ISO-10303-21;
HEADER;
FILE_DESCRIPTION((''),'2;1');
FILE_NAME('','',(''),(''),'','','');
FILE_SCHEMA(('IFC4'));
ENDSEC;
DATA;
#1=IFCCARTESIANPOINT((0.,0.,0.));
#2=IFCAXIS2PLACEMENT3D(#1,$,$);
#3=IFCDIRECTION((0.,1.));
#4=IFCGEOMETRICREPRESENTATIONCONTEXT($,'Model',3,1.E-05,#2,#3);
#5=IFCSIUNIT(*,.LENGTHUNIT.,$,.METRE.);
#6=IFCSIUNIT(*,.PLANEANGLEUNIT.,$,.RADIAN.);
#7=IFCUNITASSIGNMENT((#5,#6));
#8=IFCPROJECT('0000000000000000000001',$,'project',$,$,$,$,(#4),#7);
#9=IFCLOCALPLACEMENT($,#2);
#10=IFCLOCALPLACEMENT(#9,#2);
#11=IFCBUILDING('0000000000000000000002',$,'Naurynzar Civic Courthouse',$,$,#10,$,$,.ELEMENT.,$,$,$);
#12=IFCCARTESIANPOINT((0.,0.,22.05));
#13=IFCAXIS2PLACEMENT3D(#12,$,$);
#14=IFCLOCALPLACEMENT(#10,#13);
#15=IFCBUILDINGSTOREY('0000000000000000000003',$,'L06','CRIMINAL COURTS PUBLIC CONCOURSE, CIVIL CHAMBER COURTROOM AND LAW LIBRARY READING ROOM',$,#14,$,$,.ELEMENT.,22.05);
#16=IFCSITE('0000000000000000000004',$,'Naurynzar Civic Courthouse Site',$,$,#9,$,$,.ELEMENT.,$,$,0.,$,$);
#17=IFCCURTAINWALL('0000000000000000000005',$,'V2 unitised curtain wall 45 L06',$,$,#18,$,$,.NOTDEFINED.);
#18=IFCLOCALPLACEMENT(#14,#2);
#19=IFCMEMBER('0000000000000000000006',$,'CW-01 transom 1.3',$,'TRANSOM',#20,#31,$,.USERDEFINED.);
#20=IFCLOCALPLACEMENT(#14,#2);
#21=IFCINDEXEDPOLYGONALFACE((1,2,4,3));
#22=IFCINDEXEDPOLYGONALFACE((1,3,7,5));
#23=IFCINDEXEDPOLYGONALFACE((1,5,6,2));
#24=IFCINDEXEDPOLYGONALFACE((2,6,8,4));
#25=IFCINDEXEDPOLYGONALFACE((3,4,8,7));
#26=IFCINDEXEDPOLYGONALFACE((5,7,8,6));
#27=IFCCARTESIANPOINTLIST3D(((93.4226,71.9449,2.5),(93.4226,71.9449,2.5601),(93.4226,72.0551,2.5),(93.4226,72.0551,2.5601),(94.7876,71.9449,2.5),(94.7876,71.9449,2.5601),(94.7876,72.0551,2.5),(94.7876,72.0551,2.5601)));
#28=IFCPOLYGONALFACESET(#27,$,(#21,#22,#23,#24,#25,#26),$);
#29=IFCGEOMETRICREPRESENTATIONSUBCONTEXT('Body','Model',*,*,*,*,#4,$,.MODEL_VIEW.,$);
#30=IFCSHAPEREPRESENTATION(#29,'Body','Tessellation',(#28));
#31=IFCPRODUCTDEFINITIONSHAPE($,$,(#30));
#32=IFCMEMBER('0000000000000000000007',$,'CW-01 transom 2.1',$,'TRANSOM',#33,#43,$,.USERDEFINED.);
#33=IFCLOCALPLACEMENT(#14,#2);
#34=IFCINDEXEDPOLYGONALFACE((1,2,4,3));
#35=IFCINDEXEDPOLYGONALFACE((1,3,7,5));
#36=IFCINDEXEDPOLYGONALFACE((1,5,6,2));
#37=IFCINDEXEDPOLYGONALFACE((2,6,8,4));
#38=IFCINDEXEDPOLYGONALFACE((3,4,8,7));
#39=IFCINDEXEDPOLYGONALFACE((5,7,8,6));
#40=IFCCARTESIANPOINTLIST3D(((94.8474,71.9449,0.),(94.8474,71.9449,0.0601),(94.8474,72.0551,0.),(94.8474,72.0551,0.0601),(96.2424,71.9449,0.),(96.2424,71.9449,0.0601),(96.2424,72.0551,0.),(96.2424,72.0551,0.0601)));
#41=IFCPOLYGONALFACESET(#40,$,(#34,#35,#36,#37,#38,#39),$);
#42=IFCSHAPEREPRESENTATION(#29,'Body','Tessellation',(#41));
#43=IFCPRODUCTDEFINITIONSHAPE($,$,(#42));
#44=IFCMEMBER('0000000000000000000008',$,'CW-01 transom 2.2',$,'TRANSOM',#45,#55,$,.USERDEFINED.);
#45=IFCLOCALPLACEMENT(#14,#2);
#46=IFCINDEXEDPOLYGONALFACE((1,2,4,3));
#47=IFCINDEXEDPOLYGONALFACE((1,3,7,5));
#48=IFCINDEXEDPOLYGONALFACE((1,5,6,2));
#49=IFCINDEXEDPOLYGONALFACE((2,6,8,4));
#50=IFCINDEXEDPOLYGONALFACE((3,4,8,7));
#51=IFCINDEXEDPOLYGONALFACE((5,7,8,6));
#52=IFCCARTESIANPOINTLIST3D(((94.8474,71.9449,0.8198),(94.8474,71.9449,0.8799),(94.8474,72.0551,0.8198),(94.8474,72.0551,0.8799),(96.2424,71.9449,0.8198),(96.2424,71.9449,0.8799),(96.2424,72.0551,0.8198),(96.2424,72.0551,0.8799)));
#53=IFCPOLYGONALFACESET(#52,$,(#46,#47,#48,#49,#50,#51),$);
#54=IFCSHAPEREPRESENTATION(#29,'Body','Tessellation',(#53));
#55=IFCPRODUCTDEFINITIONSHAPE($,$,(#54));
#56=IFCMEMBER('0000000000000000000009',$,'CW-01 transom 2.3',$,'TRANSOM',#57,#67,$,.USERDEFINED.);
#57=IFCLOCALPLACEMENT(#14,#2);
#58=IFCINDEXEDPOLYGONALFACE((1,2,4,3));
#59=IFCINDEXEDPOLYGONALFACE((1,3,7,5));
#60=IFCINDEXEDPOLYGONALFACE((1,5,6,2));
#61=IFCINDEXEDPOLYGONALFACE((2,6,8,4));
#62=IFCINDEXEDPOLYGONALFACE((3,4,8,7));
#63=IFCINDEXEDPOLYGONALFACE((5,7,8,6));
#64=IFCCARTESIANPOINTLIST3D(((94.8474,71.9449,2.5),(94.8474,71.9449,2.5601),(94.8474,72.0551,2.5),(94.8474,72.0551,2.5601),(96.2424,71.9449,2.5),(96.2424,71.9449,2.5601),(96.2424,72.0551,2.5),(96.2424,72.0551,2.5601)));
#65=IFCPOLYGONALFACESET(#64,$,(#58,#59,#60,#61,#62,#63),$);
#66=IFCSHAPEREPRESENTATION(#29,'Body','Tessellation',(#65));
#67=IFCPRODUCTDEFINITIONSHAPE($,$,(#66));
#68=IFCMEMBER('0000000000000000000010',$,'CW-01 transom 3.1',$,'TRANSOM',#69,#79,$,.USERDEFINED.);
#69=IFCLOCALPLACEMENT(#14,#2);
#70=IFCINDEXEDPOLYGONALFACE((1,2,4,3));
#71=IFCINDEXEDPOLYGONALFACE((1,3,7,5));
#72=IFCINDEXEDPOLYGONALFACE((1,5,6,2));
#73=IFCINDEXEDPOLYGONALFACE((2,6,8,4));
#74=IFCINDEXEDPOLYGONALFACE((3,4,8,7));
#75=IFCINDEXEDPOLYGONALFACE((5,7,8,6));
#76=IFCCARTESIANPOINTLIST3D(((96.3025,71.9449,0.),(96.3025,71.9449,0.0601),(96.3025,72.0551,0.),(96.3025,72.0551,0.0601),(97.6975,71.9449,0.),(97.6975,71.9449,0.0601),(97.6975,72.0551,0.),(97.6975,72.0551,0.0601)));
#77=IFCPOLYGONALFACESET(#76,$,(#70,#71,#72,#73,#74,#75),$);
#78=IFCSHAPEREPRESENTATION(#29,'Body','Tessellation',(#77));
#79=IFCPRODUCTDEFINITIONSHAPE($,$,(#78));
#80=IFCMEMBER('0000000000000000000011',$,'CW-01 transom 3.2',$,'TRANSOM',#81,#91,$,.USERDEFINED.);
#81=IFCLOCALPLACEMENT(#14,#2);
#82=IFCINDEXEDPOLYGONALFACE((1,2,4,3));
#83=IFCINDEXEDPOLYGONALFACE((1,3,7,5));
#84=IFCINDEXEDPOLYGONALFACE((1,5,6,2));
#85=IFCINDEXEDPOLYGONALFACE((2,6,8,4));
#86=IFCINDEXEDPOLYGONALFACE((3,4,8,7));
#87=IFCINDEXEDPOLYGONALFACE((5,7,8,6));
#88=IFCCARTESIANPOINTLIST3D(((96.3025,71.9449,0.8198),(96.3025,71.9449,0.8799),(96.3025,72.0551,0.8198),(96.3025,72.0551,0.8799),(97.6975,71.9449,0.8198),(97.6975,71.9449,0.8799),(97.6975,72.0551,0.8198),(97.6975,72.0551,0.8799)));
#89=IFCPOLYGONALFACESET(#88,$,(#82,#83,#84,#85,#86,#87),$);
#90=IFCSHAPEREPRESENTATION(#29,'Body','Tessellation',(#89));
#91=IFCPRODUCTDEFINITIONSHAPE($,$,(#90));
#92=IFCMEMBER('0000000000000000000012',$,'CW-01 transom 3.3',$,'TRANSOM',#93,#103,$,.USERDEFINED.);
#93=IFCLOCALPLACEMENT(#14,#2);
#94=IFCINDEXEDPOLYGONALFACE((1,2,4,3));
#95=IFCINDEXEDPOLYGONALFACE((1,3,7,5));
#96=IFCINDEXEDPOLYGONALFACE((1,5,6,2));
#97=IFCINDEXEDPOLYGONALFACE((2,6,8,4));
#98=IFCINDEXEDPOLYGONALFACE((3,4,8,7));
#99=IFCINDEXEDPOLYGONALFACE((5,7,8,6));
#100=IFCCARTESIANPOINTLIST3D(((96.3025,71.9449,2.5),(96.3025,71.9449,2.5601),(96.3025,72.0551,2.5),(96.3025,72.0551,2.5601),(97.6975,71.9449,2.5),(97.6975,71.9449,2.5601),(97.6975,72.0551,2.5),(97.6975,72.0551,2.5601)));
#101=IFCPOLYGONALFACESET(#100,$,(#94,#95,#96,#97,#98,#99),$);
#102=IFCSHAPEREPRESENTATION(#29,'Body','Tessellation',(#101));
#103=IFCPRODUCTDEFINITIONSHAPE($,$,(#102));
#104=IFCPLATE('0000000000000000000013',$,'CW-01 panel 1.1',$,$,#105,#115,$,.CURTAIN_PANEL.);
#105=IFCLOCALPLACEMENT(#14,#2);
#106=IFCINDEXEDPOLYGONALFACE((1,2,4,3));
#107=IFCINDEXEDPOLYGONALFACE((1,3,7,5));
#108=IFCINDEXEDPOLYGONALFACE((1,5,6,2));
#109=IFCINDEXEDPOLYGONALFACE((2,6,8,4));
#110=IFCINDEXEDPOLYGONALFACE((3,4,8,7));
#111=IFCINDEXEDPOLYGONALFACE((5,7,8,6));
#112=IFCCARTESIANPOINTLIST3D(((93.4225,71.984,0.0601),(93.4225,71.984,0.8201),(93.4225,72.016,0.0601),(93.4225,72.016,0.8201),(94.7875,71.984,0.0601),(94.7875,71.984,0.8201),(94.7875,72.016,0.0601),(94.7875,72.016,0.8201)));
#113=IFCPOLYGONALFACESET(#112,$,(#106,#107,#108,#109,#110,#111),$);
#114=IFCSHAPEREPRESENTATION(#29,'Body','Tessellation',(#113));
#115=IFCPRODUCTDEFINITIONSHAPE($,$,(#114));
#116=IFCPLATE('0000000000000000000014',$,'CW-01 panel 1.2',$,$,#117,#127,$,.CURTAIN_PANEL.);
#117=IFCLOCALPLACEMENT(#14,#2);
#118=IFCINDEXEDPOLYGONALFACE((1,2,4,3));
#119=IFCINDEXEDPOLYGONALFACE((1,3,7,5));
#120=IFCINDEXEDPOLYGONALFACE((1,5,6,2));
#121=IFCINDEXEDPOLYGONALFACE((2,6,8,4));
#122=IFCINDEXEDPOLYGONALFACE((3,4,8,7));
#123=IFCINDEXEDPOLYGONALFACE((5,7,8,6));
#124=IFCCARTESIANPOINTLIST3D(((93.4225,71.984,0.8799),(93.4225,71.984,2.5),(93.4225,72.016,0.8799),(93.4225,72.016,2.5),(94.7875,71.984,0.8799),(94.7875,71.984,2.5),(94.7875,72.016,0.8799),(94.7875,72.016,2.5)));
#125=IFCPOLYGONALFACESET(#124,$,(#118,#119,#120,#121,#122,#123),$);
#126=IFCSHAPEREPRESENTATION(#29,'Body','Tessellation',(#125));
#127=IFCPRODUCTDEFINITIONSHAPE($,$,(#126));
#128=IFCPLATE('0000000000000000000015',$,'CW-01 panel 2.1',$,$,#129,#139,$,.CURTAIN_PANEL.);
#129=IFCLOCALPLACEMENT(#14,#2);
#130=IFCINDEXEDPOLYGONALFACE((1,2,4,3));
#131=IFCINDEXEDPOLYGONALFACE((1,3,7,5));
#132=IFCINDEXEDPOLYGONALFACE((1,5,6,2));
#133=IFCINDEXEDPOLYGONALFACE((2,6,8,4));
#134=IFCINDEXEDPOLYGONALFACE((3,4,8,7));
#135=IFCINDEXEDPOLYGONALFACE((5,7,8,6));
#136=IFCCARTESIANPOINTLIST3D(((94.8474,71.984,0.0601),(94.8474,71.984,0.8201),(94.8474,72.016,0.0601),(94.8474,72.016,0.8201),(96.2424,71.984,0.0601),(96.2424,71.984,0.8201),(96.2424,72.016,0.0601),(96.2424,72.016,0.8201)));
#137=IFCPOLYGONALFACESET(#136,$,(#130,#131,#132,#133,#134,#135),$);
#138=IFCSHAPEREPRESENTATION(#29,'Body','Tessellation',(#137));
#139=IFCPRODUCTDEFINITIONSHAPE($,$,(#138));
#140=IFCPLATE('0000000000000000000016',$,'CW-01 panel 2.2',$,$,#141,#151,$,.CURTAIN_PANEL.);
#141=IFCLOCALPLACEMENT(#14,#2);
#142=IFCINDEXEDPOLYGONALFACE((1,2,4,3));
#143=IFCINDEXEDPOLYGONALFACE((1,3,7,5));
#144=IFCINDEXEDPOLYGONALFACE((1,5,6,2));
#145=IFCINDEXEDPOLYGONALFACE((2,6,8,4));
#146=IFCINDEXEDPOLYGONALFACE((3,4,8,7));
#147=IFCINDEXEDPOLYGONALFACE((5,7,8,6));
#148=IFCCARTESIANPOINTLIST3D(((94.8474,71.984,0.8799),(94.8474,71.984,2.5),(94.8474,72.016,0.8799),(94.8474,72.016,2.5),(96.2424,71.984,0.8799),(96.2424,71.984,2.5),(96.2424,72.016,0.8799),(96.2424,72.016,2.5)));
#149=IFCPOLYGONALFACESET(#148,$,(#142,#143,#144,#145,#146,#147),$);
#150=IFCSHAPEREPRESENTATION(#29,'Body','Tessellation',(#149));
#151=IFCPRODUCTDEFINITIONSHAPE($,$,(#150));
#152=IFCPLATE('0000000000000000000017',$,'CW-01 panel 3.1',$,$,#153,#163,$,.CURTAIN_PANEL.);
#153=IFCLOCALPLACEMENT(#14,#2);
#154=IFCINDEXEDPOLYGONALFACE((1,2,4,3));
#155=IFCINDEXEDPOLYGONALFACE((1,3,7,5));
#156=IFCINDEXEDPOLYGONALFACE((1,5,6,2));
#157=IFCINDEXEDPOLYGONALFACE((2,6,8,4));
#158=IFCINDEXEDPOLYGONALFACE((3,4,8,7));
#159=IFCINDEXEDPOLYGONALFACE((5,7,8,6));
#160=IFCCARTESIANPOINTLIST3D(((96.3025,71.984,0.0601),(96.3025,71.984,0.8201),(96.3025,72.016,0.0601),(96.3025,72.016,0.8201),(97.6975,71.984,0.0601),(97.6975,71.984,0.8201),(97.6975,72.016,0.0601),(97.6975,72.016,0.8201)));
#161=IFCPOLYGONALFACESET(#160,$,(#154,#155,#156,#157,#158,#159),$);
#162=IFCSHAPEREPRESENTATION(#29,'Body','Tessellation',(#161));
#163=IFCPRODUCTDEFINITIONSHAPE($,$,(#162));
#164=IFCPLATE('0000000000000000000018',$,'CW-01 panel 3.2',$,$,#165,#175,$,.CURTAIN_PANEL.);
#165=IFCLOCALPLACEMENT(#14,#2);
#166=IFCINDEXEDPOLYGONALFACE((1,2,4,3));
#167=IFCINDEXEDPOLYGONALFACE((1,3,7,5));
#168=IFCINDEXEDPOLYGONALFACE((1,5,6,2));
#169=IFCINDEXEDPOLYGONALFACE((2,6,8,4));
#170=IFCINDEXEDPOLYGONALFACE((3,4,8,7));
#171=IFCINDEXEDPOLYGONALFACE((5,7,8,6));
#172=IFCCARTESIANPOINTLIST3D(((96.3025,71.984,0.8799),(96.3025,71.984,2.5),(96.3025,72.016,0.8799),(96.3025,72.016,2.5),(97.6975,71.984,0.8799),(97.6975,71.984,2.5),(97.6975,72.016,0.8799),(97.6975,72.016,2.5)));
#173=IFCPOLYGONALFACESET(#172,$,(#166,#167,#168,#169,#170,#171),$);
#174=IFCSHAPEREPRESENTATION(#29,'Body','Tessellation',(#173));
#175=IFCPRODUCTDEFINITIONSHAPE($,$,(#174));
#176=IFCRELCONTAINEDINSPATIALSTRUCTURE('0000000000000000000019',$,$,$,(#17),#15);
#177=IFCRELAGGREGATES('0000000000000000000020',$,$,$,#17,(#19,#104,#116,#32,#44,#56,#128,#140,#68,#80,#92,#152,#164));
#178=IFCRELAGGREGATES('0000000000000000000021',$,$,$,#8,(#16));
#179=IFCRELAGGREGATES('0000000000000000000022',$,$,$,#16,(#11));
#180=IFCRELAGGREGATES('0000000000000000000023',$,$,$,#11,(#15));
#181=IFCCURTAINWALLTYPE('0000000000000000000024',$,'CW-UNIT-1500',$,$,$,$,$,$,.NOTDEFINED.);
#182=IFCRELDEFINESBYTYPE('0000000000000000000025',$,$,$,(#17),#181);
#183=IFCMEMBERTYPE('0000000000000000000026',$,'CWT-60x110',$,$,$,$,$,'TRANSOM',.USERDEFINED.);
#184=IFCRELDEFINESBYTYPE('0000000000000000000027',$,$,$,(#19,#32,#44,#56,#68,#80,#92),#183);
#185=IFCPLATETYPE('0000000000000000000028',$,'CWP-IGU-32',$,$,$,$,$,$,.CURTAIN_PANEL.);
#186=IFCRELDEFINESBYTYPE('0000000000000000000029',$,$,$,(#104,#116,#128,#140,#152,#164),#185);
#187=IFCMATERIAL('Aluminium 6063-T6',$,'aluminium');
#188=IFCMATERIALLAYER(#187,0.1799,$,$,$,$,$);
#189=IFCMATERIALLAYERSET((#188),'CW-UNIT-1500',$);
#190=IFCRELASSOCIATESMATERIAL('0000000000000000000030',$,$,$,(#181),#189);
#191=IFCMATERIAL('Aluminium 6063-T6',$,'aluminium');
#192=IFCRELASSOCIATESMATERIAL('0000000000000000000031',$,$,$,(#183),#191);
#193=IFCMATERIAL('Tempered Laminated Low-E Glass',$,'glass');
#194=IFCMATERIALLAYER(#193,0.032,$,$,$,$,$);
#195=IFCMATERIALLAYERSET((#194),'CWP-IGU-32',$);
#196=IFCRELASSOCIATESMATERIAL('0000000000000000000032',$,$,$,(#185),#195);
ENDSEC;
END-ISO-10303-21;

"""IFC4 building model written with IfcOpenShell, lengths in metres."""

from ifc_helpers import new_model, si_unit, direction, frame, origin, origin_2d, place, context, subcontext, project, spatial, rectangle, extrude, material, layer, layer_set, material_profile, profile_set, type_object, element, aggregate, save


model = new_model("IFC4")

# Units and contexts
model_context = context("Model", 3, precision=1e-05, world=origin(), true_north=direction((0.0, 1.0)))
body_context = subcontext(model_context, "Body", "Model", "MODEL_VIEW")
ifc_project = project(units=[si_unit("LENGTHUNIT", "METRE"), si_unit("PLANEANGLEUNIT", "RADIAN")], contexts=[model_context])

# Site, building, storey
site_placement = place(None, origin())
site = spatial("IfcSite", under=ifc_project, at=site_placement, Name="Naurynzar Civic Courthouse Site", CompositionType="ELEMENT", RefElevation=0.0)
building_placement = place(site_placement, origin())
building = spatial("IfcBuilding", under=site, at=building_placement, Name="Naurynzar Civic Courthouse", CompositionType="ELEMENT")
storey_placement = place(building_placement, frame((0.0, 0.0, 22.05)))
storey = spatial("IfcBuildingStorey", under=building, at=storey_placement, Name="L06", Description="CRIMINAL COURTS PUBLIC CONCOURSE, CIVIL CHAMBER COURTROOM AND LAW LIBRARY READING ROOM", CompositionType="ELEMENT", Elevation=22.05)

# Curtain wall, members, plates
ifc_material_1 = material(Name="Aluminium 6063-T6", Category="aluminium")
ifc_layer_1 = layer(ifc_material_1, 0.1799)
ifc_layer_set_1 = layer_set([ifc_layer_1], Name="CW-UNIT-1500")
curtain_wall_type = type_object("IfcCurtainWallType", Name="CW-UNIT-1500", PredefinedType="NOTDEFINED", material=ifc_layer_set_1)
curtain_wall_placement = place(storey_placement, origin())
curtain_wall = element("IfcCurtainWall", 1, at=curtain_wall_placement, inside=storey, type_object=curtain_wall_type, Name="V2 unitised curtain wall 45 L06", PredefinedType="NOTDEFINED")
ifc_material_2 = material(Name="Aluminium 6063-T6", Category="aluminium")
ifc_material_profile_1 = material_profile(ifc_material_2, rectangle(XDim=0.1101, YDim=0.0601, at=origin_2d()), Name="ALU TRANSOM 60x110")
ifc_profile_set_1 = profile_set([ifc_material_profile_1], Name="Aluminium 6063-T6")
member_type_1 = type_object("IfcMemberType", Name="CWT-60x110", ElementType="TRANSOM", PredefinedType="USERDEFINED", material=ifc_profile_set_1)
member_1_placement = place(storey_placement, frame((93.4226, 72.0, 2.53), z_axis=(1.0, 0.0, 0.0), x_axis=(0.0, 1.0, 0.0)))
member_1 = element("IfcMember", 2, at=member_1_placement, type_object=member_type_1, Name="CW-01 transom 1.3", ObjectType="TRANSOM", PredefinedType="USERDEFINED", context=body_context, shape_type="SweptSolid", body=[
    extrude(rectangle(XDim=0.1101, YDim=0.0601, at=origin_2d()), origin(), (0.0, 0.0, 1.0), 1.365),
])
member_2_placement = place(storey_placement, frame((94.8474, 72.0, 0.03), z_axis=(1.0, 0.0, 0.0), x_axis=(0.0, 1.0, 0.0)))
member_2 = element("IfcMember", 3, at=member_2_placement, type_object=member_type_1, Name="CW-01 transom 2.1", ObjectType="TRANSOM", PredefinedType="USERDEFINED", context=body_context, shape_type="SweptSolid", body=[
    extrude(rectangle(XDim=0.1101, YDim=0.0601, at=origin_2d()), origin(), (0.0, 0.0, 1.0), 1.395),
])
member_3_placement = place(storey_placement, frame((94.8474, 72.0, 0.8499), z_axis=(1.0, 0.0, 0.0), x_axis=(0.0, 1.0, 0.0)))
member_3 = element("IfcMember", 4, at=member_3_placement, type_object=member_type_1, Name="CW-01 transom 2.2", ObjectType="TRANSOM", PredefinedType="USERDEFINED", context=body_context, shape_type="SweptSolid", body=[
    extrude(rectangle(XDim=0.1101, YDim=0.0601, at=origin_2d()), origin(), (0.0, 0.0, 1.0), 1.395),
])
member_4_placement = place(storey_placement, frame((94.8474, 72.0, 2.53), z_axis=(1.0, 0.0, 0.0), x_axis=(0.0, 1.0, 0.0)))
member_4 = element("IfcMember", 5, at=member_4_placement, type_object=member_type_1, Name="CW-01 transom 2.3", ObjectType="TRANSOM", PredefinedType="USERDEFINED", context=body_context, shape_type="SweptSolid", body=[
    extrude(rectangle(XDim=0.1101, YDim=0.0601, at=origin_2d()), origin(), (0.0, 0.0, 1.0), 1.395),
])
member_5_placement = place(storey_placement, frame((96.3025, 72.0, 0.03), z_axis=(1.0, 0.0, 0.0), x_axis=(0.0, 1.0, 0.0)))
member_5 = element("IfcMember", 6, at=member_5_placement, type_object=member_type_1, Name="CW-01 transom 3.1", ObjectType="TRANSOM", PredefinedType="USERDEFINED", context=body_context, shape_type="SweptSolid", body=[
    extrude(rectangle(XDim=0.1101, YDim=0.0601, at=origin_2d()), origin(), (0.0, 0.0, 1.0), 1.395),
])
member_6_placement = place(storey_placement, frame((96.3025, 72.0, 0.8499), z_axis=(1.0, 0.0, 0.0), x_axis=(0.0, 1.0, 0.0)))
member_6 = element("IfcMember", 7, at=member_6_placement, type_object=member_type_1, Name="CW-01 transom 3.2", ObjectType="TRANSOM", PredefinedType="USERDEFINED", context=body_context, shape_type="SweptSolid", body=[
    extrude(rectangle(XDim=0.1101, YDim=0.0601, at=origin_2d()), origin(), (0.0, 0.0, 1.0), 1.395),
])
member_7_placement = place(storey_placement, frame((96.3025, 72.0, 2.53), z_axis=(1.0, 0.0, 0.0), x_axis=(0.0, 1.0, 0.0)))
member_7 = element("IfcMember", 8, at=member_7_placement, type_object=member_type_1, Name="CW-01 transom 3.3", ObjectType="TRANSOM", PredefinedType="USERDEFINED", context=body_context, shape_type="SweptSolid", body=[
    extrude(rectangle(XDim=0.1101, YDim=0.0601, at=origin_2d()), origin(), (0.0, 0.0, 1.0), 1.395),
])
ifc_material_3 = material(Name="Tempered Laminated Low-E Glass", Category="glass")
ifc_layer_2 = layer(ifc_material_3, 0.032)
ifc_layer_set_2 = layer_set([ifc_layer_2], Name="CWP-IGU-32")
plate_type = type_object("IfcPlateType", Name="CWP-IGU-32", PredefinedType="CURTAIN_PANEL", material=ifc_layer_set_2)
plate_1_placement = place(storey_placement, frame((94.105, 72.0, 0.0601), z_axis=(0.0, 0.0, 1.0), x_axis=(1.0, 0.0, 0.0)))
plate_1 = element("IfcPlate", 9, at=plate_1_placement, type_object=plate_type, Name="CW-01 panel 1.1", PredefinedType="CURTAIN_PANEL", context=body_context, shape_type="SweptSolid", body=[
    extrude(rectangle(XDim=1.365, YDim=0.032, at=origin_2d()), origin(), (0.0, 0.0, 1.0), 0.76),
])
plate_2_placement = place(storey_placement, frame((94.105, 72.0, 0.8799), z_axis=(0.0, 0.0, 1.0), x_axis=(1.0, 0.0, 0.0)))
plate_2 = element("IfcPlate", 10, at=plate_2_placement, type_object=plate_type, Name="CW-01 panel 1.2", PredefinedType="CURTAIN_PANEL", context=body_context, shape_type="SweptSolid", body=[
    extrude(rectangle(XDim=1.365, YDim=0.032, at=origin_2d()), origin(), (0.0, 0.0, 1.0), 1.6201),
])
plate_3_placement = place(storey_placement, frame((95.5449, 72.0, 0.0601), z_axis=(0.0, 0.0, 1.0), x_axis=(1.0, 0.0, 0.0)))
plate_3 = element("IfcPlate", 11, at=plate_3_placement, type_object=plate_type, Name="CW-01 panel 2.1", PredefinedType="CURTAIN_PANEL", context=body_context, shape_type="SweptSolid", body=[
    extrude(rectangle(XDim=1.395, YDim=0.032, at=origin_2d()), origin(), (0.0, 0.0, 1.0), 0.76),
])
plate_4_placement = place(storey_placement, frame((95.5449, 72.0, 0.8799), z_axis=(0.0, 0.0, 1.0), x_axis=(1.0, 0.0, 0.0)))
plate_4 = element("IfcPlate", 12, at=plate_4_placement, type_object=plate_type, Name="CW-01 panel 2.2", PredefinedType="CURTAIN_PANEL", context=body_context, shape_type="SweptSolid", body=[
    extrude(rectangle(XDim=1.395, YDim=0.032, at=origin_2d()), origin(), (0.0, 0.0, 1.0), 1.6201),
])
plate_5_placement = place(storey_placement, frame((97.0, 72.0, 0.0601), z_axis=(0.0, 0.0, 1.0), x_axis=(1.0, 0.0, 0.0)))
plate_5 = element("IfcPlate", 13, at=plate_5_placement, type_object=plate_type, Name="CW-01 panel 3.1", PredefinedType="CURTAIN_PANEL", context=body_context, shape_type="SweptSolid", body=[
    extrude(rectangle(XDim=1.395, YDim=0.032, at=origin_2d()), origin(), (0.0, 0.0, 1.0), 0.76),
])
plate_6_placement = place(storey_placement, frame((97.0, 72.0, 0.8799), z_axis=(0.0, 0.0, 1.0), x_axis=(1.0, 0.0, 0.0)))
plate_6 = element("IfcPlate", 14, at=plate_6_placement, type_object=plate_type, Name="CW-01 panel 3.2", PredefinedType="CURTAIN_PANEL", context=body_context, shape_type="SweptSolid", body=[
    extrude(rectangle(XDim=1.395, YDim=0.032, at=origin_2d()), origin(), (0.0, 0.0, 1.0), 1.6201),
])
aggregate(curtain_wall, [member_1, plate_1, plate_2, member_2, member_3, member_4, plate_3, plate_4, member_5, member_6, member_7, plate_5, plate_6])

save(model, "model.ifc")
